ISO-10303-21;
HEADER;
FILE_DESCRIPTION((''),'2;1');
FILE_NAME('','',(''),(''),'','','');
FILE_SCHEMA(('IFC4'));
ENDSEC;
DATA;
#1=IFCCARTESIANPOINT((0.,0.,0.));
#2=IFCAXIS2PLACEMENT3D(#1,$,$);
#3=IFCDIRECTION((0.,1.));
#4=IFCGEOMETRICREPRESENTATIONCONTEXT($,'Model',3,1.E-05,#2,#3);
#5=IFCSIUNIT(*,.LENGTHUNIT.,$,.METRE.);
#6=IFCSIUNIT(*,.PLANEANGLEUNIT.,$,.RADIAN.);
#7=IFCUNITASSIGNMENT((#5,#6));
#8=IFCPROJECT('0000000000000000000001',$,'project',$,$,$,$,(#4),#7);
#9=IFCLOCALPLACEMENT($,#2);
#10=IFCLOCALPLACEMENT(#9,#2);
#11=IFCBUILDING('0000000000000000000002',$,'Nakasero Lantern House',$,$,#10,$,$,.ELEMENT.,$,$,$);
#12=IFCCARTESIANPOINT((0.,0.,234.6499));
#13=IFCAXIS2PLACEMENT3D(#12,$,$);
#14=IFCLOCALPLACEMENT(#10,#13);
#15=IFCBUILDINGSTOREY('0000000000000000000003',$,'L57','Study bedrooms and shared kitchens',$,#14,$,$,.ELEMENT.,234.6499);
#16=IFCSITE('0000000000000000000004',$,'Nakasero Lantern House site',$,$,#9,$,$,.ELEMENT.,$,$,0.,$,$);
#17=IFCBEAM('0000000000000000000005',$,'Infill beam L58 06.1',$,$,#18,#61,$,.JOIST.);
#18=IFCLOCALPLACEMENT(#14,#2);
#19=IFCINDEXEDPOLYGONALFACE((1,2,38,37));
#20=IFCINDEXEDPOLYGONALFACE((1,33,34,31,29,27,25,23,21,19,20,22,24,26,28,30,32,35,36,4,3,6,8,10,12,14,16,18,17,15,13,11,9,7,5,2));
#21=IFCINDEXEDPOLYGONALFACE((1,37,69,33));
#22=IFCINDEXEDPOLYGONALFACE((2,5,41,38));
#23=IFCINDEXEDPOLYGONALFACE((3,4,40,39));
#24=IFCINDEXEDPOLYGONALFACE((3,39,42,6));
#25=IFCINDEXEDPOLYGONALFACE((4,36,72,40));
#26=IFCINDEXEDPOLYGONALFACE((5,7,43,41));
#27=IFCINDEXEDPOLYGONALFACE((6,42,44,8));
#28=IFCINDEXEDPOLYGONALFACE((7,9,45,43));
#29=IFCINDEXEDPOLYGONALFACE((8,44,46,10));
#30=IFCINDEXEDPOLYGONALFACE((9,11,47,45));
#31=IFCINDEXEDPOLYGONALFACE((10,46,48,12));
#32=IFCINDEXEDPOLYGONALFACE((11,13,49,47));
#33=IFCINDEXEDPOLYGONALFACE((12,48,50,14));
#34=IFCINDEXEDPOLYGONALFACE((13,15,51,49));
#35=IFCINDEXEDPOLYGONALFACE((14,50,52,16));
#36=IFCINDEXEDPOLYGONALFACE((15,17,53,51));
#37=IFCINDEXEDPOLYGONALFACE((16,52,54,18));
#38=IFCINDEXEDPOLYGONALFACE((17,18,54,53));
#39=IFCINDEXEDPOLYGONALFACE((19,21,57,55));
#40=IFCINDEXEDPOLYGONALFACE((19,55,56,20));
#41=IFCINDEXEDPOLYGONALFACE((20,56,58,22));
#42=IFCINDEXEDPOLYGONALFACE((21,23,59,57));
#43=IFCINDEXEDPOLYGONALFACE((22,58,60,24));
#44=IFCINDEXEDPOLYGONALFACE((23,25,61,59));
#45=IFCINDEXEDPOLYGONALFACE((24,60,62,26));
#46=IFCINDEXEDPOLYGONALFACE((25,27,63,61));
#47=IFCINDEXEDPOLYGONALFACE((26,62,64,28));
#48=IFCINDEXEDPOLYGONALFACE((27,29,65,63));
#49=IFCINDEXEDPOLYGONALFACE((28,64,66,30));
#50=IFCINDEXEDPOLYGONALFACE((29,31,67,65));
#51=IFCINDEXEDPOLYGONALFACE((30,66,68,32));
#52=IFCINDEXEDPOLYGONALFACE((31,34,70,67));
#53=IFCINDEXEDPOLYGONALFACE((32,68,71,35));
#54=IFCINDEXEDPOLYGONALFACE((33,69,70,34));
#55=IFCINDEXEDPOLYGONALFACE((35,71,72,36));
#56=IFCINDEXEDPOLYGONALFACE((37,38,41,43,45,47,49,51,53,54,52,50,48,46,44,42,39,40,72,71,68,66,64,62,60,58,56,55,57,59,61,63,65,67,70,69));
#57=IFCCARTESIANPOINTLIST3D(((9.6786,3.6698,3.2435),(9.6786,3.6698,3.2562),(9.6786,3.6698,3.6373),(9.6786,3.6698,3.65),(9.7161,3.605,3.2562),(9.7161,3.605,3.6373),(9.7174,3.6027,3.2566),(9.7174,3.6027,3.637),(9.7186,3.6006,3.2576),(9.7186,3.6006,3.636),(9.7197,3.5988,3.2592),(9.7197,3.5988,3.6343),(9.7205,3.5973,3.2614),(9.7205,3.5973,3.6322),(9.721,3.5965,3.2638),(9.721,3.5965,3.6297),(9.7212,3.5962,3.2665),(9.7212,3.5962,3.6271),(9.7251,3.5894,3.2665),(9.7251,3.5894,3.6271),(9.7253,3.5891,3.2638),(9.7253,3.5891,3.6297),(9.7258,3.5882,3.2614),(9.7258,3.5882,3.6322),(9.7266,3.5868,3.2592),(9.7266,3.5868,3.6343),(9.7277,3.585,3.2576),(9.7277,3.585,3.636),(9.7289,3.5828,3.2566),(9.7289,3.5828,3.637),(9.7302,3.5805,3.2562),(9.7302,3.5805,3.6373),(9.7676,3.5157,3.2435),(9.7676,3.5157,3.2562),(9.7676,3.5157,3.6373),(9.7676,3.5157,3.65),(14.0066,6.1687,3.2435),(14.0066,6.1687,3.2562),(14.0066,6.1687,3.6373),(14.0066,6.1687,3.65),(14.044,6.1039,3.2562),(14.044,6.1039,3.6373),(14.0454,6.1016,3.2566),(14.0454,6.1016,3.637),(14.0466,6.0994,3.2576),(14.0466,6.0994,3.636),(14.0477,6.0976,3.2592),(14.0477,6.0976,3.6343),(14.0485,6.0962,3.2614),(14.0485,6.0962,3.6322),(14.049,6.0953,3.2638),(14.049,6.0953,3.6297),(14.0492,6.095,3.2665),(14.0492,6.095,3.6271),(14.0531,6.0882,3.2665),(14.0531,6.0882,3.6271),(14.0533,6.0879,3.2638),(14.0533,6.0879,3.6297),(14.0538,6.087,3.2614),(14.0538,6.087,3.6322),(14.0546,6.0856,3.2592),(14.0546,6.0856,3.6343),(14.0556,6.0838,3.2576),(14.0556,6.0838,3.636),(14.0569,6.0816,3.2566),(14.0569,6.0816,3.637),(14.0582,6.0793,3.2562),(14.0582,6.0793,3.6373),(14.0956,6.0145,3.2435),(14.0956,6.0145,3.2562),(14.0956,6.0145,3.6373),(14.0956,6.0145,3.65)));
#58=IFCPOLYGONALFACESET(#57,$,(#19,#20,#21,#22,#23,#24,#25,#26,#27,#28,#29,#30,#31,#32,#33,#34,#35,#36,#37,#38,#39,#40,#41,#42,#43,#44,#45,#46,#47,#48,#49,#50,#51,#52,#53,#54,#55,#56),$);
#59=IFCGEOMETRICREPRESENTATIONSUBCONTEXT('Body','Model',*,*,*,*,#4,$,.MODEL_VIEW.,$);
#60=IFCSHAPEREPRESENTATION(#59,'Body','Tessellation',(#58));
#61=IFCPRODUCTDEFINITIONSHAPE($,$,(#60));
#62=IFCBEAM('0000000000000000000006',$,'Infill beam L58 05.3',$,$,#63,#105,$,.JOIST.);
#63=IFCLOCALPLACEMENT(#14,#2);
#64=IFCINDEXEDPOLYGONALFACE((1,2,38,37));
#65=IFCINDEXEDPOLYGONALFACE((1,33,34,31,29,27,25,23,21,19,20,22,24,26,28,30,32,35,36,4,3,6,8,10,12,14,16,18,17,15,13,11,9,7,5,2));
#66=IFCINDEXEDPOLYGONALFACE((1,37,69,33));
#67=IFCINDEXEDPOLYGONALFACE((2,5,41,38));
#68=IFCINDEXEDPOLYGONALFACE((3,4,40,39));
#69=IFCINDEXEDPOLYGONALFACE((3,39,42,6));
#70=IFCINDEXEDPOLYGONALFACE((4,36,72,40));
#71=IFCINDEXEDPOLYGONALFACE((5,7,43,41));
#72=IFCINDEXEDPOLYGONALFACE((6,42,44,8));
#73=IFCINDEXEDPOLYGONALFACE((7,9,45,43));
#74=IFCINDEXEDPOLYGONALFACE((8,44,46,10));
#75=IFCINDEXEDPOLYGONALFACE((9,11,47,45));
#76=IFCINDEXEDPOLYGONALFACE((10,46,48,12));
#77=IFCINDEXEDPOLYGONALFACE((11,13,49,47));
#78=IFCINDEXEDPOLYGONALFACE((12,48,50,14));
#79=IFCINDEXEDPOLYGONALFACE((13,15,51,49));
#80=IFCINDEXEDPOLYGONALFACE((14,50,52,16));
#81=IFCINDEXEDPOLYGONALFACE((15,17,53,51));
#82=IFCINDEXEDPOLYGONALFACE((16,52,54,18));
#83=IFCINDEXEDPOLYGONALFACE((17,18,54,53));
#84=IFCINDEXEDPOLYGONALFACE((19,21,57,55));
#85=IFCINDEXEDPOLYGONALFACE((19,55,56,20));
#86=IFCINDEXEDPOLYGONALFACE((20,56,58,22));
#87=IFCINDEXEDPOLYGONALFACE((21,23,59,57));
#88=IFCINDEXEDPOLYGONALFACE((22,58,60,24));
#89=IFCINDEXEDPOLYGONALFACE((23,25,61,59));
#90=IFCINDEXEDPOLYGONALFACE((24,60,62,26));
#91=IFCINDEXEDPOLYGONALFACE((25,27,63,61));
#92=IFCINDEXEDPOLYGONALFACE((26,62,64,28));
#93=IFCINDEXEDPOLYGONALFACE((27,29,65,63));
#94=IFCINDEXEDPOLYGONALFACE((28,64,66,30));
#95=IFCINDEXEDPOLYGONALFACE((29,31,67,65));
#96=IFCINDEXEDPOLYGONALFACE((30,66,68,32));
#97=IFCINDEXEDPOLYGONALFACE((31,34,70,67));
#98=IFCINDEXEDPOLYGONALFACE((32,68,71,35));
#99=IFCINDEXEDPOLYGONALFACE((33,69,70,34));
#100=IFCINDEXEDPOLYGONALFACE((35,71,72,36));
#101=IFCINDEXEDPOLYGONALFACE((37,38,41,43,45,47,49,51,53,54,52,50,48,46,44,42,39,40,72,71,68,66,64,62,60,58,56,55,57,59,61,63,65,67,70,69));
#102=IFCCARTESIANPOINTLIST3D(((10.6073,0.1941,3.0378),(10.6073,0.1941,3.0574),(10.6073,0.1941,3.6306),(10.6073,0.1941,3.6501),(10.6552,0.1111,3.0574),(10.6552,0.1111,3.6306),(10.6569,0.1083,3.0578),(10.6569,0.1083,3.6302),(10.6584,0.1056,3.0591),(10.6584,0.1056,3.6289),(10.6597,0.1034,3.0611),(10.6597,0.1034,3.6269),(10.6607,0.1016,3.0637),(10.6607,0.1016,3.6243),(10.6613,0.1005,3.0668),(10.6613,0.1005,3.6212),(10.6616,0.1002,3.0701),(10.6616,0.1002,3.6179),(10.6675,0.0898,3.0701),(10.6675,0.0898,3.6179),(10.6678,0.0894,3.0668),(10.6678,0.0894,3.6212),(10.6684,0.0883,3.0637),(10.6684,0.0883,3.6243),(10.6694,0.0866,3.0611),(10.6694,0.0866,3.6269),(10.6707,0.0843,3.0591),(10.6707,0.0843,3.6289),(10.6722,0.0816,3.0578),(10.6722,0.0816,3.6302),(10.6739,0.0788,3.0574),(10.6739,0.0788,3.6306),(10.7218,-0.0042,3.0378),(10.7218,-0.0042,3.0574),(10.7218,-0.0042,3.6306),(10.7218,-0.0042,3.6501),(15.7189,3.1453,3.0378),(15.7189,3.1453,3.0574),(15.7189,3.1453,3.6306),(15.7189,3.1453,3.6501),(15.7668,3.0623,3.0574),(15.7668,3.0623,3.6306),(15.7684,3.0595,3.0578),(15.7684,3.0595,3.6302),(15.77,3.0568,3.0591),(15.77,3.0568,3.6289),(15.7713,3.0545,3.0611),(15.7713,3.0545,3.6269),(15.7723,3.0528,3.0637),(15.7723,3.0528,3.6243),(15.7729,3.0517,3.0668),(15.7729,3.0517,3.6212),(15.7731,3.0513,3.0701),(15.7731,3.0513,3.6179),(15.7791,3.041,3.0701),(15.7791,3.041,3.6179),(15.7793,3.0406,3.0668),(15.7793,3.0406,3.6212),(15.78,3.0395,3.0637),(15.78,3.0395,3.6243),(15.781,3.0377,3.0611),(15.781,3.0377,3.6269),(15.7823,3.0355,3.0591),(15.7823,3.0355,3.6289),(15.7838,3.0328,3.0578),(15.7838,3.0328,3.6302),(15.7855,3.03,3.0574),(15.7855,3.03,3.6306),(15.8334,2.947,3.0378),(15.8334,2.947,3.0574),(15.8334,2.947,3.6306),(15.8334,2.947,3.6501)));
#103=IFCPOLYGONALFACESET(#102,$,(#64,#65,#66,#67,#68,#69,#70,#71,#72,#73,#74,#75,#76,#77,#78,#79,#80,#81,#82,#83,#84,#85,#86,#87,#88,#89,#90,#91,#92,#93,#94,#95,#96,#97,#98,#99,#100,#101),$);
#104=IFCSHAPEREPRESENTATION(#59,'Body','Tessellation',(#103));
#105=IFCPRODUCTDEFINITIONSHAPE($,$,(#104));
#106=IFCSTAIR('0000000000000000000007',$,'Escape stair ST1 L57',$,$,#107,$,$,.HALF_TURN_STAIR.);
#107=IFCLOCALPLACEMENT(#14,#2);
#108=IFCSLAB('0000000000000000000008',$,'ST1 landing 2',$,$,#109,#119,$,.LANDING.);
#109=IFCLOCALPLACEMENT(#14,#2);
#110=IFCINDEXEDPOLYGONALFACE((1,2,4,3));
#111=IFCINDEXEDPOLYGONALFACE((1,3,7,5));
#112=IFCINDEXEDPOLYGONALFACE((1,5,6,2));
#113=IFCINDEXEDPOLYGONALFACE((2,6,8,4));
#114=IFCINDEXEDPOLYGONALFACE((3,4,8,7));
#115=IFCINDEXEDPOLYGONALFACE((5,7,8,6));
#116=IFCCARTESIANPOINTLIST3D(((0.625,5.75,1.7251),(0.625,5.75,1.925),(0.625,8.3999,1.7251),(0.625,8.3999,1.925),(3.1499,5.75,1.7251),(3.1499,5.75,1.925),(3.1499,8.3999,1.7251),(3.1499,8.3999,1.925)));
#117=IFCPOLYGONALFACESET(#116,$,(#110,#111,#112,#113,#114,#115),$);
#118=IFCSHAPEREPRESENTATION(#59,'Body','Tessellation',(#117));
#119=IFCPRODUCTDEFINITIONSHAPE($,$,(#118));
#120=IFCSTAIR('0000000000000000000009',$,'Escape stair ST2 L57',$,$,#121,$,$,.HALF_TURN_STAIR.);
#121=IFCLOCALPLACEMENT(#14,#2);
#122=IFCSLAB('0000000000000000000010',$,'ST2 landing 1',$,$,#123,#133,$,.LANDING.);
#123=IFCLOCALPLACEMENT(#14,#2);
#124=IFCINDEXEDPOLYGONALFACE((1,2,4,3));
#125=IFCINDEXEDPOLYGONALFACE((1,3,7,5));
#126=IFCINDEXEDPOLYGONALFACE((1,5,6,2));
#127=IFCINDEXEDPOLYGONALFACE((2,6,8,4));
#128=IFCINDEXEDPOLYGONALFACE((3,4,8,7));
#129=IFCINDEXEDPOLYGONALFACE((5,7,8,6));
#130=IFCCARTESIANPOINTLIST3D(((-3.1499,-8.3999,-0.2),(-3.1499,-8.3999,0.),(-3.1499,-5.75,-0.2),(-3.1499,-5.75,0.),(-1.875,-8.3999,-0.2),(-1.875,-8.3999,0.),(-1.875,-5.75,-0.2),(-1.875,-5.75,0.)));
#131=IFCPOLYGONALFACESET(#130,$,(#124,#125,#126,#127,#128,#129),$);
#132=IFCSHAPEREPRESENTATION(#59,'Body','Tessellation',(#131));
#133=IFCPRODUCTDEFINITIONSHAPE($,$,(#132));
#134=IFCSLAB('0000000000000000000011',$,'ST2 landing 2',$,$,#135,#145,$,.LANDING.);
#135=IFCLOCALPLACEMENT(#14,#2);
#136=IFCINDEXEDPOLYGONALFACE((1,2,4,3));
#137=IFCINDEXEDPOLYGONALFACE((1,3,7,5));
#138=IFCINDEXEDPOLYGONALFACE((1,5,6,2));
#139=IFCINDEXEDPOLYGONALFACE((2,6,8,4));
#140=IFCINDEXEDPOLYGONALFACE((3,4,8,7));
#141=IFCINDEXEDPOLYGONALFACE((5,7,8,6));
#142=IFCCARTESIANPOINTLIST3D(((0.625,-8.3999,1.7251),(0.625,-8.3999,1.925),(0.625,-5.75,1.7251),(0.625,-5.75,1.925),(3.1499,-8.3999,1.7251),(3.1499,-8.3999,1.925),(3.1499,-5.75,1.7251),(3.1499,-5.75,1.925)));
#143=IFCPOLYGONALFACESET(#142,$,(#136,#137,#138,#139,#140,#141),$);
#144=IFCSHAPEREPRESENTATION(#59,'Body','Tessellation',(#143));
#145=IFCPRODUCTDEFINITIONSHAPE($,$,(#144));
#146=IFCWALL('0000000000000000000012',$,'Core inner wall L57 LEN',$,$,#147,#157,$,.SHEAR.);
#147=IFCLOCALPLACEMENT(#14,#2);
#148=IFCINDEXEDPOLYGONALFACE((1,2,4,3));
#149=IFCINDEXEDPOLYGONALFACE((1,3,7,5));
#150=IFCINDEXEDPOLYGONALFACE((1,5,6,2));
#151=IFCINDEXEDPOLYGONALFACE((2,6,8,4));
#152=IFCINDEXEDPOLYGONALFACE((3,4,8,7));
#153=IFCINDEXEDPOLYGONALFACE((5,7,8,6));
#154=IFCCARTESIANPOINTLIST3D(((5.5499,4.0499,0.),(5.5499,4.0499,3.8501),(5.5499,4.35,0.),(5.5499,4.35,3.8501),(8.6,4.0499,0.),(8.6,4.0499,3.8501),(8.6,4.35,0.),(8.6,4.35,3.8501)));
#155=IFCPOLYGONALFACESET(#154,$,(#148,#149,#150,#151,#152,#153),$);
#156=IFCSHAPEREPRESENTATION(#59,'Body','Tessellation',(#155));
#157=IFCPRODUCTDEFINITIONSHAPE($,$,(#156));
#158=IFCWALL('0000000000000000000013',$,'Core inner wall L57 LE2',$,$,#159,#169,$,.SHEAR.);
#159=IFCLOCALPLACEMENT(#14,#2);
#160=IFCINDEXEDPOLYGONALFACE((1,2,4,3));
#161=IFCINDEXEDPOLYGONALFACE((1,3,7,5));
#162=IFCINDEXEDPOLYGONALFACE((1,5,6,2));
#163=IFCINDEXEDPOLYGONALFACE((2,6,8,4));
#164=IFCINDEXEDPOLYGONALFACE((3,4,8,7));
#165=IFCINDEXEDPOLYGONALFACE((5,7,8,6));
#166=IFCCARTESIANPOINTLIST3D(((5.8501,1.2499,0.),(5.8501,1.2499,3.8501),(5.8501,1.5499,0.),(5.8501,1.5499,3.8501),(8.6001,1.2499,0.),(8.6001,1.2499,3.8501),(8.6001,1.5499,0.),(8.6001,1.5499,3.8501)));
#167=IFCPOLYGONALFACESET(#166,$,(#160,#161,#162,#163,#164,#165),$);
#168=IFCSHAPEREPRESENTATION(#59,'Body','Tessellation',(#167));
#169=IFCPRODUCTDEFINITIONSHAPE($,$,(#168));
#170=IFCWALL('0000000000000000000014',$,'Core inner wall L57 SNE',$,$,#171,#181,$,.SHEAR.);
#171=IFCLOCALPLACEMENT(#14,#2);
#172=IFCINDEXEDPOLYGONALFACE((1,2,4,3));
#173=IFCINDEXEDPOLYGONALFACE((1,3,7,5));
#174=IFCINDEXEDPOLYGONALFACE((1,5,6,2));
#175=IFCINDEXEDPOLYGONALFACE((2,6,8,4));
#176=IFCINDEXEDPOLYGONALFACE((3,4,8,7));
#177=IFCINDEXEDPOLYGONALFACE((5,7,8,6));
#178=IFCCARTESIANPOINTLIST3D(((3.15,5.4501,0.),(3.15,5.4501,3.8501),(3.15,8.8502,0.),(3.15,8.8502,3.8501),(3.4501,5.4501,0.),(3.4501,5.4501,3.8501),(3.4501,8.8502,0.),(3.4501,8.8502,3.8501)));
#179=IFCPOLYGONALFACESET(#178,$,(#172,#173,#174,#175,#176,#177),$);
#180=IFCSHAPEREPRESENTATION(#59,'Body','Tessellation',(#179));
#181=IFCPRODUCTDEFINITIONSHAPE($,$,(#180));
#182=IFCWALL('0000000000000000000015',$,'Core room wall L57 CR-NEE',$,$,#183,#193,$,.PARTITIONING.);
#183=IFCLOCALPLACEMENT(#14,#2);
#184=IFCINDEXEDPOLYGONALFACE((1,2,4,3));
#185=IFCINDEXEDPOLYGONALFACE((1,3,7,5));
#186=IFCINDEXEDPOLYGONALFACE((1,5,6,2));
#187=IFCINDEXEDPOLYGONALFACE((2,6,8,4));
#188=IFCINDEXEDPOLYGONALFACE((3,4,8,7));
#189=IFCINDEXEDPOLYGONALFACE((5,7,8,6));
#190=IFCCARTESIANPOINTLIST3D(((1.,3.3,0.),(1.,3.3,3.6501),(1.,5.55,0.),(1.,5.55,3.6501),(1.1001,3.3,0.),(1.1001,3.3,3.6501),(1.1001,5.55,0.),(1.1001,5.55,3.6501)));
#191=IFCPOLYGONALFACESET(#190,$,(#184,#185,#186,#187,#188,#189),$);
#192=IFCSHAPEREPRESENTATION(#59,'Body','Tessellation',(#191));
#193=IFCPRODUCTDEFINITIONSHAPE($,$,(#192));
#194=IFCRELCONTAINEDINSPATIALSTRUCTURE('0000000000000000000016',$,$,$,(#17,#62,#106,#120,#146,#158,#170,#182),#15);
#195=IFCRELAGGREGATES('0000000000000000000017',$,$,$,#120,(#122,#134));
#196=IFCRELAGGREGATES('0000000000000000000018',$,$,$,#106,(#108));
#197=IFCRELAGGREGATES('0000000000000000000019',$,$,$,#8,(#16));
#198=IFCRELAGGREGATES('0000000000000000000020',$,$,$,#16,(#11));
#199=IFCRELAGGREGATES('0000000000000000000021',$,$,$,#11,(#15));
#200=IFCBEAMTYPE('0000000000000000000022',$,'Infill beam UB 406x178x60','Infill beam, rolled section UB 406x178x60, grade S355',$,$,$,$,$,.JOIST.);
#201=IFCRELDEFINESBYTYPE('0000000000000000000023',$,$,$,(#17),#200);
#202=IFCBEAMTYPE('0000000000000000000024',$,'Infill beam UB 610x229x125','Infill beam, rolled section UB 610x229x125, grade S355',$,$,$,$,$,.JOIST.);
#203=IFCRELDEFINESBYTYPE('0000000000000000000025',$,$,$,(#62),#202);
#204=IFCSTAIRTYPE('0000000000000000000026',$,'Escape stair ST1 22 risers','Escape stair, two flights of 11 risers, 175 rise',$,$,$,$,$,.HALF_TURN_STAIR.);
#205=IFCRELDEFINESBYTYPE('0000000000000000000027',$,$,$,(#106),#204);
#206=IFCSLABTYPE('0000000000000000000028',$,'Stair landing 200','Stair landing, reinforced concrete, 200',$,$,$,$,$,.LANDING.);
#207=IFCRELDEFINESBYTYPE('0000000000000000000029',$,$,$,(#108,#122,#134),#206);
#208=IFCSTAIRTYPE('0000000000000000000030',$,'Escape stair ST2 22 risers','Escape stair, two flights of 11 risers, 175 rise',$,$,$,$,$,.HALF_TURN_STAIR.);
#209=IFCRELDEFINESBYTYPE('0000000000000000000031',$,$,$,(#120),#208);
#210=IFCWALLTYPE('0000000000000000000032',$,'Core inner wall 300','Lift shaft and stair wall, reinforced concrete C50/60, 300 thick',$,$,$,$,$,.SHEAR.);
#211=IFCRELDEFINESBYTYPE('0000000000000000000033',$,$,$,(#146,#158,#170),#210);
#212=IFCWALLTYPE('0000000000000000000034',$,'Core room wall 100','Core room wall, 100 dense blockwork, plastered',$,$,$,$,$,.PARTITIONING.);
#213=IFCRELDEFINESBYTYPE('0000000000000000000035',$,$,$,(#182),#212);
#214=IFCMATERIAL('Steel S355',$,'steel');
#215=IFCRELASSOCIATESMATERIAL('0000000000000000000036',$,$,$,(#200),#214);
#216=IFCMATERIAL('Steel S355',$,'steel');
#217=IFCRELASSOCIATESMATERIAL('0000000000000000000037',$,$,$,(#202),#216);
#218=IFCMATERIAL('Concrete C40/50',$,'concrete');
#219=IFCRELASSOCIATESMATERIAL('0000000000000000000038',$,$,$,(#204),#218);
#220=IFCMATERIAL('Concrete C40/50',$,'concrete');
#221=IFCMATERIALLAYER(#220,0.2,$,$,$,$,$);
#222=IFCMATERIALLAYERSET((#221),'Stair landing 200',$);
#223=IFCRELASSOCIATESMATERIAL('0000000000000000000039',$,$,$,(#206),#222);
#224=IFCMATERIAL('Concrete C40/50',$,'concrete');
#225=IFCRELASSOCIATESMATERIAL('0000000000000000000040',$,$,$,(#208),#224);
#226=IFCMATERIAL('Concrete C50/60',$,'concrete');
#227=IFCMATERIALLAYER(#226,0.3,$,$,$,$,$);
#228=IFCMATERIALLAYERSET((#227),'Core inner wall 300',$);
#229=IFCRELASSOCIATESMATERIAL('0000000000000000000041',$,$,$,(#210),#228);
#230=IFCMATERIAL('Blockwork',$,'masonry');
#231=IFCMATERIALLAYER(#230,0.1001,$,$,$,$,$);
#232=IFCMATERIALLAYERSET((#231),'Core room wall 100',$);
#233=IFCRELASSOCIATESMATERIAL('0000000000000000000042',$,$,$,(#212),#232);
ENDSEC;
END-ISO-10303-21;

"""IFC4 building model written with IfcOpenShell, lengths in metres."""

from ifc_helpers import new_model, si_unit, direction, frame, frame_2d, origin, origin_2d, place, context, subcontext, project, spatial, polyline, rectangle, i_section, outline, extrude, material, layer, layer_set, material_profile, profile_set, type_object, element, aggregate, save


model = new_model("IFC4")

# Units and contexts
model_context = context("Model", 3, precision=1e-05, world=origin(), true_north=direction((0.0, 1.0)))
body_context = subcontext(model_context, "Body", "Model", "MODEL_VIEW")
ifc_project = project(units=[si_unit("LENGTHUNIT", "METRE"), si_unit("PLANEANGLEUNIT", "RADIAN")], contexts=[model_context])

# Site, building, storey
site_placement = place(None, origin())
site = spatial("IfcSite", under=ifc_project, at=site_placement, Name="Nakasero Lantern House site", CompositionType="ELEMENT", RefElevation=0.0)
building_placement = place(site_placement, origin())
building = spatial("IfcBuilding", under=site, at=building_placement, Name="Nakasero Lantern House", CompositionType="ELEMENT")
storey_placement = place(building_placement, frame((0.0, 0.0, 234.6499)))
storey = spatial("IfcBuildingStorey", under=building, at=storey_placement, Name="L57", Description="Study bedrooms and shared kitchens", CompositionType="ELEMENT", Elevation=234.6499)

# Beams
ifc_material_1 = material(Name="Steel S355", Category="steel")
ifc_material_profile_1 = material_profile(ifc_material_1, i_section(OverallWidth=0.178, OverallDepth=0.4065, WebThickness=0.0078, FlangeThickness=0.0127, FilletRadius=0.0103, at=origin_2d()), Name="UB 406x178x60")
ifc_profile_set_1 = profile_set([ifc_material_profile_1], Name="Steel S355")
beam_type_1 = type_object("IfcBeamType", Name="Infill beam UB 406x178x60", Description="Infill beam, rolled section UB 406x178x60, grade S355", PredefinedType="JOIST", material=ifc_profile_set_1)
beam_1_placement = place(storey_placement, frame((9.7231, 3.5928, 3.4468), z_axis=(0.866019, 0.500011, 0.0), x_axis=(-0.500011, 0.866019, 0.0)))
element("IfcBeam", 1, at=beam_1_placement, inside=storey, type_object=beam_type_1, Name="Infill beam L58 06.1", PredefinedType="JOIST", context=body_context, shape_type="SweptSolid", body=[
    extrude(i_section(OverallWidth=0.178, OverallDepth=0.4065, WebThickness=0.0078, FlangeThickness=0.0127, FilletRadius=0.0103, at=origin_2d()), origin(), (0.0, 0.0, 1.0), 4.9976),
])
ifc_material_2 = material(Name="Steel S355", Category="steel")
ifc_material_profile_2 = material_profile(ifc_material_2, i_section(OverallWidth=0.229, OverallDepth=0.6123, WebThickness=0.012, FlangeThickness=0.0195, FilletRadius=0.0127, at=origin_2d()), Name="UB 610x229x125")
ifc_profile_set_2 = profile_set([ifc_material_profile_2], Name="Steel S355")
beam_type_2 = type_object("IfcBeamType", Name="Infill beam UB 610x229x125", Description="Infill beam, rolled section UB 610x229x125, grade S355", PredefinedType="JOIST", material=ifc_profile_set_2)
beam_2_placement = place(storey_placement, frame((10.6646, 0.095, 3.344), z_axis=(0.866025, 0.500001, 0.0), x_axis=(-0.500001, 0.866025, 0.0)))
element("IfcBeam", 2, at=beam_2_placement, inside=storey, type_object=beam_type_2, Name="Infill beam L58 05.3", PredefinedType="JOIST", context=body_context, shape_type="SweptSolid", body=[
    extrude(i_section(OverallWidth=0.229, OverallDepth=0.6123, WebThickness=0.012, FlangeThickness=0.0195, FilletRadius=0.0127, at=origin_2d()), origin(), (0.0, 0.0, 1.0), 5.9023),
])

# Stair, slab
ifc_material_3 = material(Name="Concrete C40/50", Category="concrete")
stair_type_1 = type_object("IfcStairType", Name="Escape stair ST1 22 risers", Description="Escape stair, two flights of 11 risers, 175 rise", PredefinedType="HALF_TURN_STAIR", material=ifc_material_3)
stair_1_placement = place(storey_placement, origin())
stair_1 = element("IfcStair", 3, at=stair_1_placement, inside=storey, type_object=stair_type_1, Name="Escape stair ST1 L57", PredefinedType="HALF_TURN_STAIR")
ifc_material_4 = material(Name="Concrete C40/50", Category="concrete")
ifc_layer_1 = layer(ifc_material_4, 0.2)
ifc_layer_set_1 = layer_set([ifc_layer_1], Name="Stair landing 200")
slab_type = type_object("IfcSlabType", Name="Stair landing 200", Description="Stair landing, reinforced concrete, 200", PredefinedType="LANDING", material=ifc_layer_set_1)
slab_1_placement = place(storey_placement, frame((0.0, 0.0, 1.7251)))
slab_1 = element("IfcSlab", 4, at=slab_1_placement, type_object=slab_type, Name="ST1 landing 2", PredefinedType="LANDING", context=body_context, shape_type="SweptSolid", body=[
    extrude(outline(polyline([(0.625, 5.75), (3.1499, 5.75), (3.1499, 8.3999), (0.625, 8.3999), (0.625, 5.75)])), origin(), (0.0, 0.0, 1.0), 0.2),
])

# Stair, slabs
ifc_material_5 = material(Name="Concrete C40/50", Category="concrete")
stair_type_2 = type_object("IfcStairType", Name="Escape stair ST2 22 risers", Description="Escape stair, two flights of 11 risers, 175 rise", PredefinedType="HALF_TURN_STAIR", material=ifc_material_5)
stair_2_placement = place(storey_placement, origin())
stair_2 = element("IfcStair", 5, at=stair_2_placement, inside=storey, type_object=stair_type_2, Name="Escape stair ST2 L57", PredefinedType="HALF_TURN_STAIR")
slab_2_placement = place(storey_placement, frame((0.0, 0.0, -0.2)))
slab_2 = element("IfcSlab", 6, at=slab_2_placement, type_object=slab_type, Name="ST2 landing 1", PredefinedType="LANDING", context=body_context, shape_type="SweptSolid", body=[
    extrude(outline(polyline([(-3.1499, -8.3999), (-1.875, -8.3999), (-1.875, -5.75), (-3.1499, -5.75), (-3.1499, -8.3999)])), origin(), (0.0, 0.0, 1.0), 0.2),
])
slab_3_placement = place(storey_placement, frame((0.0, 0.0, 1.7251)))
slab_3 = element("IfcSlab", 7, at=slab_3_placement, type_object=slab_type, Name="ST2 landing 2", PredefinedType="LANDING", context=body_context, shape_type="SweptSolid", body=[
    extrude(outline(polyline([(0.625, -8.3999), (3.1499, -8.3999), (3.1499, -5.75), (0.625, -5.75), (0.625, -8.3999)])), origin(), (0.0, 0.0, 1.0), 0.2),
])
aggregate(stair_2, [slab_2, slab_3])

# Walls
ifc_material_6 = material(Name="Concrete C50/60", Category="concrete")
ifc_layer_2 = layer(ifc_material_6, 0.3)
ifc_layer_set_2 = layer_set([ifc_layer_2], Name="Core inner wall 300")
wall_type_1 = type_object("IfcWallType", Name="Core inner wall 300", Description="Lift shaft and stair wall, reinforced concrete C50/60, 300 thick", PredefinedType="SHEAR", material=ifc_layer_set_2)
wall_1_placement = place(storey_placement, frame((5.55, 4.2, 0.0), z_axis=(0.0, 0.0, 1.0), x_axis=(1.0, 0.0, 0.0)))
element("IfcWall", 8, at=wall_1_placement, inside=storey, type_object=wall_type_1, Name="Core inner wall L57 LEN", PredefinedType="SHEAR", context=body_context, shape_type="SweptSolid", body=[
    extrude(rectangle(XDim=3.05, YDim=0.3, at=frame_2d((1.5249, 0.0))), origin(), (0.0, 0.0, 1.0), 3.8501),
])
wall_2_placement = place(storey_placement, frame((5.8501, 1.3999, 0.0), z_axis=(0.0, 0.0, 1.0), x_axis=(1.0, 0.0, 0.0)))
element("IfcWall", 9, at=wall_2_placement, inside=storey, type_object=wall_type_1, Name="Core inner wall L57 LE2", PredefinedType="SHEAR", context=body_context, shape_type="SweptSolid", body=[
    extrude(rectangle(XDim=2.75, YDim=0.3, at=frame_2d((1.375, 0.0))), origin(), (0.0, 0.0, 1.0), 3.8501),
])
wall_3_placement = place(storey_placement, frame((3.3, 5.45, 0.0), z_axis=(0.0, 0.0, 1.0), x_axis=(0.0, 1.0, 0.0)))
element("IfcWall", 10, at=wall_3_placement, inside=storey, type_object=wall_type_1, Name="Core inner wall L57 SNE", PredefinedType="SHEAR", context=body_context, shape_type="SweptSolid", body=[
    extrude(rectangle(XDim=3.4001, YDim=0.3, at=frame_2d((1.7002, 0.0))), origin(), (0.0, 0.0, 1.0), 3.8501),
])
ifc_material_7 = material(Name="Blockwork", Category="masonry")
ifc_layer_3 = layer(ifc_material_7, 0.1001)
ifc_layer_set_3 = layer_set([ifc_layer_3], Name="Core room wall 100")
wall_type_2 = type_object("IfcWallType", Name="Core room wall 100", Description="Core room wall, 100 dense blockwork, plastered", PredefinedType="PARTITIONING", material=ifc_layer_set_3)
wall_4_placement = place(storey_placement, frame((1.05, 3.3, 0.0), z_axis=(0.0, 0.0, 1.0), x_axis=(0.0, 1.0, 0.0)))
element("IfcWall", 11, at=wall_4_placement, inside=storey, type_object=wall_type_2, Name="Core room wall L57 CR-NEE", PredefinedType="PARTITIONING", context=body_context, shape_type="SweptSolid", body=[
    extrude(rectangle(XDim=2.25, YDim=0.1001, at=frame_2d((1.125, 0.0))), origin(), (0.0, 0.0, 1.0), 3.6501),
])

aggregate(stair_1, [slab_1])

save(model, "model.ifc")
